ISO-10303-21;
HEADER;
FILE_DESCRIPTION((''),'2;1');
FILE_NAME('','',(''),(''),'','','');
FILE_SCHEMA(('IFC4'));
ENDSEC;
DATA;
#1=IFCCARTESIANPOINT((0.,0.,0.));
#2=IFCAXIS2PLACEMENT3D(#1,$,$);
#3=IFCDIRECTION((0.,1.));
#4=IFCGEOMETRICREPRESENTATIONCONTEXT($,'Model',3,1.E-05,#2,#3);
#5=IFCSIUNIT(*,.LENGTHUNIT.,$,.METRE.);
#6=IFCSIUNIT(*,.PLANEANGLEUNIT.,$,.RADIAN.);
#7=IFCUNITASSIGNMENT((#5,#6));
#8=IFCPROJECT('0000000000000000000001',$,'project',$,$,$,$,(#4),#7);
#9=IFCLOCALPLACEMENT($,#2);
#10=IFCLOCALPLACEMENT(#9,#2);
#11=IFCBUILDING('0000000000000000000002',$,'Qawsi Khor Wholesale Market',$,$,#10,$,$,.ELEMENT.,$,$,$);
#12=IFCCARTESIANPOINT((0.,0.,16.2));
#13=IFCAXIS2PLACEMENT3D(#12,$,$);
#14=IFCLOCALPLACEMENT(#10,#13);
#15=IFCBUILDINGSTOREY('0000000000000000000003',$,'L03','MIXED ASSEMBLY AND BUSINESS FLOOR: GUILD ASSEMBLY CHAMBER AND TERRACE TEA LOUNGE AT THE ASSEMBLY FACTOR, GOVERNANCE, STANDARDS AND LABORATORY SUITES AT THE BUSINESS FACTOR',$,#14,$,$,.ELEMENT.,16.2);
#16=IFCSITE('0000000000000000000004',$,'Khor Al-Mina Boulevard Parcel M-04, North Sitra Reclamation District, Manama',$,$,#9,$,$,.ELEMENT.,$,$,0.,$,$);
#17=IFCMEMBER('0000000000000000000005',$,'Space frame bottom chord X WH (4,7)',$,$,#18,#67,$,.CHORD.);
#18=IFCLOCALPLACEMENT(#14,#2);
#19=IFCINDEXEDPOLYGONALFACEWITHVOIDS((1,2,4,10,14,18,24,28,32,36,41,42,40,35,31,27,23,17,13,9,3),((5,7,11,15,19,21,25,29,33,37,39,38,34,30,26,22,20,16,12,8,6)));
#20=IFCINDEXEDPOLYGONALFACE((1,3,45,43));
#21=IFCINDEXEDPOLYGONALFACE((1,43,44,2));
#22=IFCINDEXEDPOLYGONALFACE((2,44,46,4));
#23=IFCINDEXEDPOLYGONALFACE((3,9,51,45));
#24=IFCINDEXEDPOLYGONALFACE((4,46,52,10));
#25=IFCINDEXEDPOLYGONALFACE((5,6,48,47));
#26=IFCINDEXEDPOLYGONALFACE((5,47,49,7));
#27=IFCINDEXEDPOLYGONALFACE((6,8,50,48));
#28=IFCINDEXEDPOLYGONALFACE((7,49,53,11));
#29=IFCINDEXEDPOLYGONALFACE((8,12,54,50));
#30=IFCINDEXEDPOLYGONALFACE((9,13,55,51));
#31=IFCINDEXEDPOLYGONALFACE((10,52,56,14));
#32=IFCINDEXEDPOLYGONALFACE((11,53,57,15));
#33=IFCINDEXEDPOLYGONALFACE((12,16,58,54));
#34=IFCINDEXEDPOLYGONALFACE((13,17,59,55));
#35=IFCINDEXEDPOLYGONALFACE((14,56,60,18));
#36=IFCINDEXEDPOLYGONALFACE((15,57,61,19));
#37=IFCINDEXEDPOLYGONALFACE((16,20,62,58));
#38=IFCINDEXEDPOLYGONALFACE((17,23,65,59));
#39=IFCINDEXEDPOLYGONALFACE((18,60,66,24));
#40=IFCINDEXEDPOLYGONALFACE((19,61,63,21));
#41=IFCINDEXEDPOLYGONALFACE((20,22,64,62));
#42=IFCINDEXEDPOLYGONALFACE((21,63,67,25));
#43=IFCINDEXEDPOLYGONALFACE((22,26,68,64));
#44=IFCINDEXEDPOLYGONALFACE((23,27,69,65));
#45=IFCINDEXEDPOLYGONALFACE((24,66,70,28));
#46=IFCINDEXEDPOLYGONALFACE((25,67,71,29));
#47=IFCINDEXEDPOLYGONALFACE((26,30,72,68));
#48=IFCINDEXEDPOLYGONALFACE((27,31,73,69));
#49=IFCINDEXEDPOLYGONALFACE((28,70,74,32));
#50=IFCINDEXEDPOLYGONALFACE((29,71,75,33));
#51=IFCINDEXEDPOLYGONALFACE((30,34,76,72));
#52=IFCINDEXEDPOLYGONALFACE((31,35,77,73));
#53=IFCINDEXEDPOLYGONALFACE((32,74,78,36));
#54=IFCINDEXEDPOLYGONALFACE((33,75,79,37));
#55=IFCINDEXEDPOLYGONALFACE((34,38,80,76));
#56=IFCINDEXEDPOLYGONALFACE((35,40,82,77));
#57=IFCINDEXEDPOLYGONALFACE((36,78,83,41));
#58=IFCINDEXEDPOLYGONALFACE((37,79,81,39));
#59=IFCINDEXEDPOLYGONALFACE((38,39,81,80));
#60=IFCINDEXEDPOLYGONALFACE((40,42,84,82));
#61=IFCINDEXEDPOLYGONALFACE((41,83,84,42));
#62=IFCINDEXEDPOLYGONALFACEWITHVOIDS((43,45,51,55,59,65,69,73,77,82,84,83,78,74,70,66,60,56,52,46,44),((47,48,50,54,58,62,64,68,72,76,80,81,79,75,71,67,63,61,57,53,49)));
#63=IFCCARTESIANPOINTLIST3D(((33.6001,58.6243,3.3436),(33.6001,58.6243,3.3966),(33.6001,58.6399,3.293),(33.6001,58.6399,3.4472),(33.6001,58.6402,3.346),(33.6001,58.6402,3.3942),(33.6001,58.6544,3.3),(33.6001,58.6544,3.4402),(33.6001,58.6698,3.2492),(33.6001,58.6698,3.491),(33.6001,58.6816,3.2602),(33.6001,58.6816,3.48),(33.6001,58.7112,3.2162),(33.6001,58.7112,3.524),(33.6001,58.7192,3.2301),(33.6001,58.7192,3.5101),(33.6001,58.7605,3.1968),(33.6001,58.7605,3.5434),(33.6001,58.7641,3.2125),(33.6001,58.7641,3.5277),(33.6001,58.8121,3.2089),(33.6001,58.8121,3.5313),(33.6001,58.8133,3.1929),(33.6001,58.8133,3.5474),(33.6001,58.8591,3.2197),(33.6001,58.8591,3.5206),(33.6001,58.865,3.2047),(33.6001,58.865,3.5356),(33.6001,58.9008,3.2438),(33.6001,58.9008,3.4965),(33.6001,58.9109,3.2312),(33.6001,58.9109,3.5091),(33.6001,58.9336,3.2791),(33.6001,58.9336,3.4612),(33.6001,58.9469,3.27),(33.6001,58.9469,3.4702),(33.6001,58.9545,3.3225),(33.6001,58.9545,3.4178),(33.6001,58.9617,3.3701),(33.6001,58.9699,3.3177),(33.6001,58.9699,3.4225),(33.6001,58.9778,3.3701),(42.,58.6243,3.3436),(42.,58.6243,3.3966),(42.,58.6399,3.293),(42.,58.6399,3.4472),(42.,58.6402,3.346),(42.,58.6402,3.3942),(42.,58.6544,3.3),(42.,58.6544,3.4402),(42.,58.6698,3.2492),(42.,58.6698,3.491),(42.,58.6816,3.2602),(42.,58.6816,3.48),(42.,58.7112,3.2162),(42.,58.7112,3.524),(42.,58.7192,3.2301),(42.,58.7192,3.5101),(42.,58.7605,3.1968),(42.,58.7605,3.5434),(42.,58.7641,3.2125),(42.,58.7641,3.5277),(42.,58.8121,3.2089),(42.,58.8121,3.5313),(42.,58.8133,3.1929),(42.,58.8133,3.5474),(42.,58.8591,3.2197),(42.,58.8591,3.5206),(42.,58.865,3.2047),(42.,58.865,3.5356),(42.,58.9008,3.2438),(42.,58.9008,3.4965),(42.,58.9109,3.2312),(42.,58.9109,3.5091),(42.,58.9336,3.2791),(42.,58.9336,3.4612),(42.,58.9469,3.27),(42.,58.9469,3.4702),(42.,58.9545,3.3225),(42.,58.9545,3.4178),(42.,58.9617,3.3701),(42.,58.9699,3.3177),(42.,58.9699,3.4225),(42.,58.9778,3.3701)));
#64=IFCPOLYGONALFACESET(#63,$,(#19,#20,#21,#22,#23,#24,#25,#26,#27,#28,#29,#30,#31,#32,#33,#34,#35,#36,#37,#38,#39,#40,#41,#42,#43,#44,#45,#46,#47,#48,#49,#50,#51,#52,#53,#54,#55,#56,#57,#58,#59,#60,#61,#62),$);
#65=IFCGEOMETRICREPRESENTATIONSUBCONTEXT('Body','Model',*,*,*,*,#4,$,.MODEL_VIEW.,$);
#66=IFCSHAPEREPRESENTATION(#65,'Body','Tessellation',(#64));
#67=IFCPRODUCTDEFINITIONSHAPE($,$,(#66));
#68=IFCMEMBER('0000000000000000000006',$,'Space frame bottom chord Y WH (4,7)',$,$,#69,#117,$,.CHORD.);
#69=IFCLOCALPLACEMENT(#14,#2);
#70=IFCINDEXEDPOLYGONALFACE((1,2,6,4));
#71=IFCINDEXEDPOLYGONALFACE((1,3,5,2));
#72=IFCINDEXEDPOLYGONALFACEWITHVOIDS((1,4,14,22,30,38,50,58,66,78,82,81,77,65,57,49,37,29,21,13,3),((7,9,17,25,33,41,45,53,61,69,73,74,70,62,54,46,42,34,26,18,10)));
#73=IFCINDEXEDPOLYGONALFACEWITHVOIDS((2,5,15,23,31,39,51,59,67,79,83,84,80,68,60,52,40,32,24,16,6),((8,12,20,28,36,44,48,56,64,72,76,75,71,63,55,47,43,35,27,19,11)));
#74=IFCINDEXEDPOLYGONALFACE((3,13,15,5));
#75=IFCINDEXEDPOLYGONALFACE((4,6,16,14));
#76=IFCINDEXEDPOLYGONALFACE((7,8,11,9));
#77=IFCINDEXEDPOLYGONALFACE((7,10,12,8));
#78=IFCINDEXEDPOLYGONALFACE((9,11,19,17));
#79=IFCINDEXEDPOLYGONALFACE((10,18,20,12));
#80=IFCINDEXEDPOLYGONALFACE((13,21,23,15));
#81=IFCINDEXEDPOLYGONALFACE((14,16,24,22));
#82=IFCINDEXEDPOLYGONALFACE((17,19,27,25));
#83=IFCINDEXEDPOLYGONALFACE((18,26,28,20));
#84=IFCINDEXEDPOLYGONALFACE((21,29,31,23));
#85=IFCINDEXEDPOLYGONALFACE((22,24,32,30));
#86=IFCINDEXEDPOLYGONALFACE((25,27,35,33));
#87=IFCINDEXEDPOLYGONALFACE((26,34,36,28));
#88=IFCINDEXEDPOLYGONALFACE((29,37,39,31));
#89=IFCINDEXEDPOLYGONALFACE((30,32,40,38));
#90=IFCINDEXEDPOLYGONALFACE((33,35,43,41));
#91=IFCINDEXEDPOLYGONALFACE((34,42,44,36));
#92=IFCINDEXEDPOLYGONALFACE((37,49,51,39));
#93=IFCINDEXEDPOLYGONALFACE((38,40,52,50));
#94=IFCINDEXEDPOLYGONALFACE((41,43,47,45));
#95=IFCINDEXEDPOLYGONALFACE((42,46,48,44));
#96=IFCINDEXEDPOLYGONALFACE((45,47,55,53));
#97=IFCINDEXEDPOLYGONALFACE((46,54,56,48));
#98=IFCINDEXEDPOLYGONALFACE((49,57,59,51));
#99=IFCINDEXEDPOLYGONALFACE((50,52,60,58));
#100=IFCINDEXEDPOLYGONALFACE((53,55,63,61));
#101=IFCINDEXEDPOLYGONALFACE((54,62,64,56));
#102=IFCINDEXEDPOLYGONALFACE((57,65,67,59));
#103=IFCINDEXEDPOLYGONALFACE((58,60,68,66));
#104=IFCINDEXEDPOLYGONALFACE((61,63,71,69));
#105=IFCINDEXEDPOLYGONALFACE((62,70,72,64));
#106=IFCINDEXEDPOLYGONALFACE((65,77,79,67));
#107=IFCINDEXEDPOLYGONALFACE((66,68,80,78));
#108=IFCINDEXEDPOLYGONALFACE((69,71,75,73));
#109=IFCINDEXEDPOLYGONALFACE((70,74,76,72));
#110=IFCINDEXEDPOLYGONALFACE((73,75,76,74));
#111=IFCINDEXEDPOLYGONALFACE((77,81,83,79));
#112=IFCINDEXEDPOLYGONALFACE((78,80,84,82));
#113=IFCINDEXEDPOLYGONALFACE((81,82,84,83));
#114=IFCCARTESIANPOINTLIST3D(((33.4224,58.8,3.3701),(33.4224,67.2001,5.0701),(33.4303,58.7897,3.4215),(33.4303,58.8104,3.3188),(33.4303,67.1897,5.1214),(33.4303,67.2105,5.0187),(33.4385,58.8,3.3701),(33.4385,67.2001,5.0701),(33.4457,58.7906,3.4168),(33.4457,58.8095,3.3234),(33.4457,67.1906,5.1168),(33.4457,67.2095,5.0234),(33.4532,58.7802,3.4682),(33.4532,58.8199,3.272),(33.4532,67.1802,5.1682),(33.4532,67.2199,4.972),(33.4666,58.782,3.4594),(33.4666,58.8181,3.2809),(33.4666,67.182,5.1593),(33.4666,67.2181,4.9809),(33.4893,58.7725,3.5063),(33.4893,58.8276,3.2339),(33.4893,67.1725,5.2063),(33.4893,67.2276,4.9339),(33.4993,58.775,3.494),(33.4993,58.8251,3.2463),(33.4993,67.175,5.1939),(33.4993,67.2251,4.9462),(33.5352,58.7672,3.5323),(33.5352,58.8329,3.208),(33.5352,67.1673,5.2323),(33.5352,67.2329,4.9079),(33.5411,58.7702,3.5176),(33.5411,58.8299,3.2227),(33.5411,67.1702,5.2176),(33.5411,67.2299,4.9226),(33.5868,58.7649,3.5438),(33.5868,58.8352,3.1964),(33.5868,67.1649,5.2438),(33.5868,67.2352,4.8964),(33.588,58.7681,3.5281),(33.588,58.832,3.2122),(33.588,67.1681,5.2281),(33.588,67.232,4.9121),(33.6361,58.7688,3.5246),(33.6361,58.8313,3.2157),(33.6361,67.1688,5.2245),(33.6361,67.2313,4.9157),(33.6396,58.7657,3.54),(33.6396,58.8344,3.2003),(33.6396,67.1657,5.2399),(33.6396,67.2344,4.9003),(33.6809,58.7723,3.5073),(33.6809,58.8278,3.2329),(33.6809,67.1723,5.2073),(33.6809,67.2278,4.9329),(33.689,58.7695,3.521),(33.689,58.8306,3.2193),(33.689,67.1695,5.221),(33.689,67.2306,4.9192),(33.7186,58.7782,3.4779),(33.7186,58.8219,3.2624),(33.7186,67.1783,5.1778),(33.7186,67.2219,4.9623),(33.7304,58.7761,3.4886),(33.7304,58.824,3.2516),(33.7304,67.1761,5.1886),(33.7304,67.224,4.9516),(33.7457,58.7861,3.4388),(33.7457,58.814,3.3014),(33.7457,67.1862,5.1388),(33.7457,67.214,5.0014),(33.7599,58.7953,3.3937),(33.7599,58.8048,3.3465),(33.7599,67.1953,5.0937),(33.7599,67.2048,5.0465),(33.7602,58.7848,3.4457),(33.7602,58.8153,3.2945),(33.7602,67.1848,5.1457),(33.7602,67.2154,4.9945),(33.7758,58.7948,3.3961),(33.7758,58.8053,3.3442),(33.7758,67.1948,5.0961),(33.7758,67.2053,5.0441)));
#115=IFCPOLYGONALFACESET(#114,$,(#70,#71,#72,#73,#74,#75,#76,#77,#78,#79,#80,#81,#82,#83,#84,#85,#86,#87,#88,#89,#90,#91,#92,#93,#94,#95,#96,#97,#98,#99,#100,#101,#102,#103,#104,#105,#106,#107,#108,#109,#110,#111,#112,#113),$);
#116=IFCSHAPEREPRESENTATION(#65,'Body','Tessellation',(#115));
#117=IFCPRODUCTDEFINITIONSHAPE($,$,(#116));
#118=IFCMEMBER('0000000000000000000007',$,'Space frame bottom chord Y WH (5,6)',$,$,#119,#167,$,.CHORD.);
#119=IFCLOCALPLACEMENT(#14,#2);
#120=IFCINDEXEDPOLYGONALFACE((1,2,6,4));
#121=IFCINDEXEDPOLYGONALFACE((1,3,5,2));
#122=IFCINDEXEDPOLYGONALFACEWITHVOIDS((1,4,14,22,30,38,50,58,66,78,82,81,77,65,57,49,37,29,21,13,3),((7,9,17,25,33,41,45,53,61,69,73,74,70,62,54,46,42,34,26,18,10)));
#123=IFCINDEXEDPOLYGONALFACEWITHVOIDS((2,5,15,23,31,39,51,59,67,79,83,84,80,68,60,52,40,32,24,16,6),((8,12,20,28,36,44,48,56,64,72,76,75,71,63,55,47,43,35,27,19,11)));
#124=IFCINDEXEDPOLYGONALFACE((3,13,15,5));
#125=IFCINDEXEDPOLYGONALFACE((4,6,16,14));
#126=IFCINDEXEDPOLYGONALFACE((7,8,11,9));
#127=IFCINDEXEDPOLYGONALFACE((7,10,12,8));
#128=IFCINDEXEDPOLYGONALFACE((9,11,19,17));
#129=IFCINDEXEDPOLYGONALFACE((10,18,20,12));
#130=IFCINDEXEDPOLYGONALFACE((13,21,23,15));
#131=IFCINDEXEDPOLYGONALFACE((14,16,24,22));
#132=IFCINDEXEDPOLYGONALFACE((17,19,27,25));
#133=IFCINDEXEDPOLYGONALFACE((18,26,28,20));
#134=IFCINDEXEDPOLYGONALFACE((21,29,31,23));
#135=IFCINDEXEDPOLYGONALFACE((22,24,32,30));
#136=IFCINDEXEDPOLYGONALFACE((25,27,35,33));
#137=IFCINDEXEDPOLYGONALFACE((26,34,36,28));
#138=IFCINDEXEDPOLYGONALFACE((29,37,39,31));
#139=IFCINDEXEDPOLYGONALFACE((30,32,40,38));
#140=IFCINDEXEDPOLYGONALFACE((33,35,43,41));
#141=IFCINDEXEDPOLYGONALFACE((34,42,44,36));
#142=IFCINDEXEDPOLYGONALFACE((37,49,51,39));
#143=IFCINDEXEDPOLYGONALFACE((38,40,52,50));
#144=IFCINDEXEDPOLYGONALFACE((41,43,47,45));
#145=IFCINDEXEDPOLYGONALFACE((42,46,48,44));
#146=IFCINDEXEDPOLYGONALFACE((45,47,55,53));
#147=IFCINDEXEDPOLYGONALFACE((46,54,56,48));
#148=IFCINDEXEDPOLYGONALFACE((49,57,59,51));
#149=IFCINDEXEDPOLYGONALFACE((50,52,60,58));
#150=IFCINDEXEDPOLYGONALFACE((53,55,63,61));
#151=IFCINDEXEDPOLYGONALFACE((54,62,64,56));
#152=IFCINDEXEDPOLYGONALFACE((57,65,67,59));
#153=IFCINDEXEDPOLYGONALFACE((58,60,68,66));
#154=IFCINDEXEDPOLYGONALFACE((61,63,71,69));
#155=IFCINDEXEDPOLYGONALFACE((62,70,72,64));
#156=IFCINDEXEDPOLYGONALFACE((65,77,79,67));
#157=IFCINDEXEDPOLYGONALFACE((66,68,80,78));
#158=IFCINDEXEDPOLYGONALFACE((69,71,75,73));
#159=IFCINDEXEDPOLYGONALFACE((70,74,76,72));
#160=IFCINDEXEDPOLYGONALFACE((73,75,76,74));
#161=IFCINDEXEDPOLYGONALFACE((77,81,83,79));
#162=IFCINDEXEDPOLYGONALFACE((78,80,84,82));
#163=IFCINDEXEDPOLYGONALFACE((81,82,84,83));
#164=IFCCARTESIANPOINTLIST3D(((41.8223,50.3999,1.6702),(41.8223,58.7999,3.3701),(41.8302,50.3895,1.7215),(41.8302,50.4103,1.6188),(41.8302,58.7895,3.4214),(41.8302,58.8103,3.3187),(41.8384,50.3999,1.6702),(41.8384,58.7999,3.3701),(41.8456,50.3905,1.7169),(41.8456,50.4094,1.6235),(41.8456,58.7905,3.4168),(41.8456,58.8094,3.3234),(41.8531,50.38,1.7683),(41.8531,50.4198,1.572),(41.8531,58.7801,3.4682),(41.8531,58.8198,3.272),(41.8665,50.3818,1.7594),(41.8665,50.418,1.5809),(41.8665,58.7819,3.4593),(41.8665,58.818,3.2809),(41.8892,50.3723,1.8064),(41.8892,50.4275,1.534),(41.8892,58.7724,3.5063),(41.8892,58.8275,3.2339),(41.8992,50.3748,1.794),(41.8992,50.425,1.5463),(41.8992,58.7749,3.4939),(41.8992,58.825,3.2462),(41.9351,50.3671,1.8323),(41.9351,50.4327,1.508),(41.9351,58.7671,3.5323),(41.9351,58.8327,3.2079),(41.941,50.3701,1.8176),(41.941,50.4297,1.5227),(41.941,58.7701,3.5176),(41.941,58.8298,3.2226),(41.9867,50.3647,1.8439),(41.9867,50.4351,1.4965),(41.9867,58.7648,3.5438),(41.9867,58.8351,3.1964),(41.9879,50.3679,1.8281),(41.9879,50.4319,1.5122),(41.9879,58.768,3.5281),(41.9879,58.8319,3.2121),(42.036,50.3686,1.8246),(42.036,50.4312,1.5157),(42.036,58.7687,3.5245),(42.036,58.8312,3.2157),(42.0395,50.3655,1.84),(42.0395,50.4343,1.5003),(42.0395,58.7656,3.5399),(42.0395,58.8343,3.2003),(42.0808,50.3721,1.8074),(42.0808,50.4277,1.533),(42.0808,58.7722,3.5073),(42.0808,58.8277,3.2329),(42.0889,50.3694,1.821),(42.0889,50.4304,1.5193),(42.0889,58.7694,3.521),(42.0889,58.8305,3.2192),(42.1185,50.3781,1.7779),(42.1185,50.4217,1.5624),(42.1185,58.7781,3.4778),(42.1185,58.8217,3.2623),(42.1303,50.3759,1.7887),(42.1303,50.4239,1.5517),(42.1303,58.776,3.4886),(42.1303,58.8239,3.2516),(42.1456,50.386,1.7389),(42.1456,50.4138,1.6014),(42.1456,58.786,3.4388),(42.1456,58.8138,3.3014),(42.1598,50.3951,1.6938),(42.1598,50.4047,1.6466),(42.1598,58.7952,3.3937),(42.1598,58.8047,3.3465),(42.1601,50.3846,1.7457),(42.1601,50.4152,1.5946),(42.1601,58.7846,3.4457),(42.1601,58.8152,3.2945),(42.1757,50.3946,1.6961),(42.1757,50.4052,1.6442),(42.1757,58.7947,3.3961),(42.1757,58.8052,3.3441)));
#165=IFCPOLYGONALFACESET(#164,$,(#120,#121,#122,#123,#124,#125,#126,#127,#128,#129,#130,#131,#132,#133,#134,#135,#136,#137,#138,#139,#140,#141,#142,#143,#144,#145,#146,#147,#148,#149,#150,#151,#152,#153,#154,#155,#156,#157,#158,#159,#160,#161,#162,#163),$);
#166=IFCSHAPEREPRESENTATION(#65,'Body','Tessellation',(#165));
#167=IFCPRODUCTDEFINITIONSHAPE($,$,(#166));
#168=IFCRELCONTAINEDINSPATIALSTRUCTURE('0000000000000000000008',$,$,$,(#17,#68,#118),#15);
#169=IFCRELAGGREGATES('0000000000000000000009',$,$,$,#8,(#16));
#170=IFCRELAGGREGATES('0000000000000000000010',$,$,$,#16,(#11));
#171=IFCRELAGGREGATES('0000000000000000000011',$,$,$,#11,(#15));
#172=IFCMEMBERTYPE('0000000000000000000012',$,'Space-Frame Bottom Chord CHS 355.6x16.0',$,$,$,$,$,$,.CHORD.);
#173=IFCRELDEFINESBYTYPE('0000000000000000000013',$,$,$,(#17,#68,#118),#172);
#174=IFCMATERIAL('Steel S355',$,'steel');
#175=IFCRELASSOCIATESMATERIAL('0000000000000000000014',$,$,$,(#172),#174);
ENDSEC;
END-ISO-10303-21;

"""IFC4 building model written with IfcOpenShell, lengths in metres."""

from ifc_helpers import new_model, si_unit, direction, frame, origin, origin_2d, place, context, subcontext, project, spatial, hollow_circle, extrude, material, material_profile, profile_set, type_object, element, save


model = new_model("IFC4")

# Units and contexts
model_context = context("Model", 3, precision=1e-05, world=origin(), true_north=direction((0.0, 1.0)))
body_context = subcontext(model_context, "Body", "Model", "MODEL_VIEW")
ifc_project = project(units=[si_unit("LENGTHUNIT", "METRE"), si_unit("PLANEANGLEUNIT", "RADIAN")], contexts=[model_context])

# Site, building, storey
site_placement = place(None, origin())
site = spatial("IfcSite", under=ifc_project, at=site_placement, Name="Khor Al-Mina Boulevard Parcel M-04, North Sitra Reclamation District, Manama", CompositionType="ELEMENT", RefElevation=0.0)
building_placement = place(site_placement, origin())
building = spatial("IfcBuilding", under=site, at=building_placement, Name="Qawsi Khor Wholesale Market", CompositionType="ELEMENT")
storey_placement = place(building_placement, frame((0.0, 0.0, 16.2)))
storey = spatial("IfcBuildingStorey", under=building, at=storey_placement, Name="L03", Description="MIXED ASSEMBLY AND BUSINESS FLOOR: GUILD ASSEMBLY CHAMBER AND TERRACE TEA LOUNGE AT THE ASSEMBLY FACTOR, GOVERNANCE, STANDARDS AND LABORATORY SUITES AT THE BUSINESS FACTOR", CompositionType="ELEMENT", Elevation=16.2)

# Members
ifc_material_1 = material(Name="Steel S355", Category="steel")
ifc_material_profile_1 = material_profile(ifc_material_1, hollow_circle(Radius=0.1777, WallThickness=0.0161, at=origin_2d()), Name="CHS 355.6x16.0")
ifc_profile_set_1 = profile_set([ifc_material_profile_1], Name="Steel S355")
member_type_1 = type_object("IfcMemberType", Name="Space-Frame Bottom Chord CHS 355.6x16.0", PredefinedType="CHORD", material=ifc_profile_set_1)
member_1_placement = place(storey_placement, frame((33.6001, 58.8, 3.3701), z_axis=(1.0, 0.0, 0.0), x_axis=(0.0, 1.0, 0.0)))
element("IfcMember", 1, at=member_1_placement, inside=storey, type_object=member_type_1, Name="Space frame bottom chord X WH (4,7)", PredefinedType="CHORD", context=body_context, shape_type="SweptSolid", body=[
    extrude(hollow_circle(Radius=0.1777, WallThickness=0.0161, at=origin_2d()), origin(), (0.0, 0.0, 1.0), 8.3999),
])
for number, where, z_axis, x_axis, name in (
    (2, (33.6001, 58.8, 3.3701), (0.0, 0.98013, 0.198356), (-1.0, 0.0, 0.0), "Space frame bottom chord Y WH (4,7)"),
    (3, (42.0, 50.3999, 1.6702), (0.0, 0.980131, 0.198351), (-1.0, 0.0, 0.0), "Space frame bottom chord Y WH (5,6)"),
):
    element("IfcMember", number, at=place(storey_placement, frame(where, z_axis=z_axis, x_axis=x_axis)), inside=storey, type_object=member_type_1, Name=name, PredefinedType="CHORD", context=body_context, shape_type="SweptSolid", body=[
        extrude(hollow_circle(Radius=0.1777, WallThickness=0.0161, at=origin_2d()), origin(), (0.0, 0.0, 1.0), 8.5703),
    ])

save(model, "model.ifc")
